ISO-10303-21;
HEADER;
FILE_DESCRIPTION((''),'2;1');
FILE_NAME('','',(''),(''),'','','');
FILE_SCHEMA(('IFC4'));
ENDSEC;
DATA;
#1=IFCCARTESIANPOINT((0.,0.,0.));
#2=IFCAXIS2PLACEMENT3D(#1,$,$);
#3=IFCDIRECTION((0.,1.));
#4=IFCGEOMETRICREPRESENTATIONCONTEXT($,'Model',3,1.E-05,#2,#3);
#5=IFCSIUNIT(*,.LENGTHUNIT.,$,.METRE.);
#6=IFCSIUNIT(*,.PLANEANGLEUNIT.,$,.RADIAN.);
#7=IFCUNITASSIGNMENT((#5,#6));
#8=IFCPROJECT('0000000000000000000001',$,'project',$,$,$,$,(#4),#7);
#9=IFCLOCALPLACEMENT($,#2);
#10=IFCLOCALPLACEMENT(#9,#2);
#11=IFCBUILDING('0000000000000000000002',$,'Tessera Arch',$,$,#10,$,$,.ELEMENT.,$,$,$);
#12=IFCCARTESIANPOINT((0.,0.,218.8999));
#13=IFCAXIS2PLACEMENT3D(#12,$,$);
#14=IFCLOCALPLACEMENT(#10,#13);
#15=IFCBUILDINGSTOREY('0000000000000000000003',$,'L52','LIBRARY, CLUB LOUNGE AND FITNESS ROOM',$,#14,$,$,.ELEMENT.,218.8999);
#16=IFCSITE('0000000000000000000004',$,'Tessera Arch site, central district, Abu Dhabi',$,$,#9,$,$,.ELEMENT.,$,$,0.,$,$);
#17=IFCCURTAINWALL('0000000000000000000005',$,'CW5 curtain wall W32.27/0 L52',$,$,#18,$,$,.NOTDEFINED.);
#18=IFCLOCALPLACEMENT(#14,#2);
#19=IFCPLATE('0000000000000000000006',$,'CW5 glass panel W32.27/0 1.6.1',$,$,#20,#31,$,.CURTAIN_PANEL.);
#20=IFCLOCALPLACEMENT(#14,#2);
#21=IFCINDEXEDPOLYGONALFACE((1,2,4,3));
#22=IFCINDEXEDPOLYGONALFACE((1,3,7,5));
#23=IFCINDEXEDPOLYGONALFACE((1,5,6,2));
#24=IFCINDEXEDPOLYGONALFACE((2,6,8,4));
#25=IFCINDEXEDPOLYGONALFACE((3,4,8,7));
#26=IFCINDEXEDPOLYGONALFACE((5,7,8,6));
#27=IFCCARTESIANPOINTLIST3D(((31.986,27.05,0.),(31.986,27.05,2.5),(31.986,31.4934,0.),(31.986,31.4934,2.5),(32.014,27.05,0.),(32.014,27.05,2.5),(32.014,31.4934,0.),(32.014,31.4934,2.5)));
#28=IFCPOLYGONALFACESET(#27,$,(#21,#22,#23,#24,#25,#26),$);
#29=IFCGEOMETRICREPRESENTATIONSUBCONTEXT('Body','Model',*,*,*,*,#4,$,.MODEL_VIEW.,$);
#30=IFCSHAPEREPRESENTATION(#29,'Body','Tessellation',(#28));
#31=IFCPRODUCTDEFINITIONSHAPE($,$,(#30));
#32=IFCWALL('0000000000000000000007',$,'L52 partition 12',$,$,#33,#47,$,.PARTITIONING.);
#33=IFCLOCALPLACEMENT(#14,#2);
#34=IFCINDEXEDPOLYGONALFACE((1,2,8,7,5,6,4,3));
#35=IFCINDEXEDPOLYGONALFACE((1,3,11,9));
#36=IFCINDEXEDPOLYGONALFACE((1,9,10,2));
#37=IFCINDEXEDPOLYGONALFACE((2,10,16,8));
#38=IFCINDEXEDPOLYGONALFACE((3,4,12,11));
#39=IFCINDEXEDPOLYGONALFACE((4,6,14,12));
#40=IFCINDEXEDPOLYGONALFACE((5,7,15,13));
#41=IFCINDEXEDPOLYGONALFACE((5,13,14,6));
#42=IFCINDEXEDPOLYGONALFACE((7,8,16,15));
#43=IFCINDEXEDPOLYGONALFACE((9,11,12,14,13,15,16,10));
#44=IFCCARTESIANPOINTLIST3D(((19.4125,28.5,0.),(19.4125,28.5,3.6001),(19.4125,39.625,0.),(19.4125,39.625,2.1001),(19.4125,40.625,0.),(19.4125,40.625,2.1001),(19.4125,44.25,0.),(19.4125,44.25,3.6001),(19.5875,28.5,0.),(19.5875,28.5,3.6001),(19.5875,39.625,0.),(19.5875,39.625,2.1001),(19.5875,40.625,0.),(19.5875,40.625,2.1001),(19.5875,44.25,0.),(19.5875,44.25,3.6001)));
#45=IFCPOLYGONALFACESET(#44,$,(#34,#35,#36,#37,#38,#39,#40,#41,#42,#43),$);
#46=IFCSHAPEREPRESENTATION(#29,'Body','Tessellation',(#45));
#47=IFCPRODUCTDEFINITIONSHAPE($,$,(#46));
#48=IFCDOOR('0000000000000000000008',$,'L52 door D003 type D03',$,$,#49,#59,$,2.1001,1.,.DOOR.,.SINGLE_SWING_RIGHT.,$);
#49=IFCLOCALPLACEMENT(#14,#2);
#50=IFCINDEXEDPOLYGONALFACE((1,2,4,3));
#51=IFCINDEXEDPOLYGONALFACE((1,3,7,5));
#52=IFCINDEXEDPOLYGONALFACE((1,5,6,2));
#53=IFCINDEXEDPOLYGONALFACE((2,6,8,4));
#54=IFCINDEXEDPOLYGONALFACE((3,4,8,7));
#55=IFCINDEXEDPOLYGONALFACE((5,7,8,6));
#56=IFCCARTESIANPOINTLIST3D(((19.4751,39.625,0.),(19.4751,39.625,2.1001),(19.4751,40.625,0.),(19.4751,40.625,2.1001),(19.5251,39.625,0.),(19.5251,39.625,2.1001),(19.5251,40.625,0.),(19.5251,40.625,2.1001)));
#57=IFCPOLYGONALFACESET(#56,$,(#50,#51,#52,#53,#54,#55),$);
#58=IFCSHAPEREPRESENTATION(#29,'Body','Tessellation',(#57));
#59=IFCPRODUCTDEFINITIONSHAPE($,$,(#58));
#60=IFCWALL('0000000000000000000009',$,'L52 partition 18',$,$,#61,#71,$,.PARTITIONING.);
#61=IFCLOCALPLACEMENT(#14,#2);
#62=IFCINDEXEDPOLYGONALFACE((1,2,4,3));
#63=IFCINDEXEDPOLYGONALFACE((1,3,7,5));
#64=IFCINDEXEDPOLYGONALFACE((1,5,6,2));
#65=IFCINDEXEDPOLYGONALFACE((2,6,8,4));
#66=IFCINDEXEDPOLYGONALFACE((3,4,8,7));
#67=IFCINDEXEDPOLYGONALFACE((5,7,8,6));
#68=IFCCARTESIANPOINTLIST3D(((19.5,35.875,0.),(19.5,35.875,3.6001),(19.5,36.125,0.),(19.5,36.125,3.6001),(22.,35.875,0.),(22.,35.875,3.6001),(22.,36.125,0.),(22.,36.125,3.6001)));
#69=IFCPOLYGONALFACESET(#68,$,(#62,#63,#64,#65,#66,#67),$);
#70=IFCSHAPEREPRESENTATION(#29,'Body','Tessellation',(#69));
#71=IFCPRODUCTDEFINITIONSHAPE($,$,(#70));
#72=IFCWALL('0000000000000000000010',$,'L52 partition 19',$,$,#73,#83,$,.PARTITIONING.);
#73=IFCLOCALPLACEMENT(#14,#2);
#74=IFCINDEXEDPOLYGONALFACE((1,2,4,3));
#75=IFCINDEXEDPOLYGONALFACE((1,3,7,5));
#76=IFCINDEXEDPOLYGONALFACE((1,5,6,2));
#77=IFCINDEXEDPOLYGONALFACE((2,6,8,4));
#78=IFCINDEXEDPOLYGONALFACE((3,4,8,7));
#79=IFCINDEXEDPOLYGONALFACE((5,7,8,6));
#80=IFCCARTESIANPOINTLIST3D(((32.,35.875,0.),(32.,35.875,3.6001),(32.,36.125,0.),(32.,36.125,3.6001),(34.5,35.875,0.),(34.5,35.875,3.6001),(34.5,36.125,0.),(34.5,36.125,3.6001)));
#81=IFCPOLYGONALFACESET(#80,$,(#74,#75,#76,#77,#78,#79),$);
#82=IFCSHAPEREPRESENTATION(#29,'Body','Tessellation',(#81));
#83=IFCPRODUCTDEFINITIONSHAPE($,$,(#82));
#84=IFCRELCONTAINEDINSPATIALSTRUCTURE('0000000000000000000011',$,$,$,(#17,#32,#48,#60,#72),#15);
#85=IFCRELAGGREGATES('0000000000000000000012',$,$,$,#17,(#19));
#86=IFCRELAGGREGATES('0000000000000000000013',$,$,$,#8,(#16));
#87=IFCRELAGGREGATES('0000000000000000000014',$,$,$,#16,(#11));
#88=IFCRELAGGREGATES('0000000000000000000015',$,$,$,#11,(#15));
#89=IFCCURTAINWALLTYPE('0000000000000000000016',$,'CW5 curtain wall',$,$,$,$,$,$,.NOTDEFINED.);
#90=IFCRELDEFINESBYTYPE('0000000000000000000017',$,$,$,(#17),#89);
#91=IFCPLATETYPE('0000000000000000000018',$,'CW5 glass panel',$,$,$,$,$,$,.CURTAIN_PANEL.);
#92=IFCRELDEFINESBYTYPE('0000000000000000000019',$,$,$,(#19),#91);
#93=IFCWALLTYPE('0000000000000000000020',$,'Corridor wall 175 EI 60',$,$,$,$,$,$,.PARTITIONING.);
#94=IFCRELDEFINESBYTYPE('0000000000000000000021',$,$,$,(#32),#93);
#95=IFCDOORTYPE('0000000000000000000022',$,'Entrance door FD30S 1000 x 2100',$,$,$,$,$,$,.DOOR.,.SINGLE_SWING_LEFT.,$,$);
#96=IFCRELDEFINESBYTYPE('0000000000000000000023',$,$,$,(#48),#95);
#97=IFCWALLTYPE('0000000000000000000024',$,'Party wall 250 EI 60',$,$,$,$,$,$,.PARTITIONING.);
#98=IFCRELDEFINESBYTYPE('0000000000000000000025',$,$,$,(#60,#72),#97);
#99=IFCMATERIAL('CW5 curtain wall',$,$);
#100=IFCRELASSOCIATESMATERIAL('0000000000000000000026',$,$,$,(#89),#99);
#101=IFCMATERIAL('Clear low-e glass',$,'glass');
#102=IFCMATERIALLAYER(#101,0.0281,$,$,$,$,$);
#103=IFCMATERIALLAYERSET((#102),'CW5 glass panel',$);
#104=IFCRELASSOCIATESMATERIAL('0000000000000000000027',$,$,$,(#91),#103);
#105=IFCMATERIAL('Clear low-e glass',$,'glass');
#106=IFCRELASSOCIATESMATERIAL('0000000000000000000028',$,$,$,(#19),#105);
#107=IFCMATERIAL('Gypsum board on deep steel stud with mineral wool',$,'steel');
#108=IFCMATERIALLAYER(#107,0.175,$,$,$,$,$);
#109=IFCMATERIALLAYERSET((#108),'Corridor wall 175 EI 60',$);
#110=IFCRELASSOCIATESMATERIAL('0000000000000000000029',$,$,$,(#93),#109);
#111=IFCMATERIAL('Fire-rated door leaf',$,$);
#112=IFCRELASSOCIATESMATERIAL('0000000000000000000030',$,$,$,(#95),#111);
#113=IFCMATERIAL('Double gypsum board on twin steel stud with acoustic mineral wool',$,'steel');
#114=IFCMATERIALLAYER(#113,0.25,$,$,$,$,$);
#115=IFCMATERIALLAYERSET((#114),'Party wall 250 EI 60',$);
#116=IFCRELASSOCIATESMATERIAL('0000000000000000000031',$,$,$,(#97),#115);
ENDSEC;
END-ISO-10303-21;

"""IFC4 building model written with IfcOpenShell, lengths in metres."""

from ifc_helpers import new_model, si_unit, direction, frame, frame_2d, origin, origin_2d, place, context, subcontext, project, spatial, rectangle, extrude, material, layer, layer_set, type_object, element, fill, aggregate, save


model = new_model("IFC4")

# Units and contexts
model_context = context("Model", 3, precision=1e-05, world=origin(), true_north=direction((0.0, 1.0)))
body_context = subcontext(model_context, "Body", "Model", "MODEL_VIEW")
ifc_project = project(units=[si_unit("LENGTHUNIT", "METRE"), si_unit("PLANEANGLEUNIT", "RADIAN")], contexts=[model_context])

# Site, building, storey
site_placement = place(None, origin())
site = spatial("IfcSite", under=ifc_project, at=site_placement, Name="Tessera Arch site, central district, Abu Dhabi", CompositionType="ELEMENT", RefElevation=0.0)
building_placement = place(site_placement, origin())
building = spatial("IfcBuilding", under=site, at=building_placement, Name="Tessera Arch", CompositionType="ELEMENT")
storey_placement = place(building_placement, frame((0.0, 0.0, 218.8999)))
storey = spatial("IfcBuildingStorey", under=building, at=storey_placement, Name="L52", Description="LIBRARY, CLUB LOUNGE AND FITNESS ROOM", CompositionType="ELEMENT", Elevation=218.8999)

# Curtain wall
ifc_material_1 = material(Name="CW5 curtain wall")
curtain_wall_type_1 = type_object("IfcCurtainWallType", Name="CW5 curtain wall", PredefinedType="NOTDEFINED", material=ifc_material_1)
curtain_wall_1_placement = place(storey_placement, origin())
curtain_wall_1 = element("IfcCurtainWall", 1, at=curtain_wall_1_placement, inside=storey, type_object=curtain_wall_type_1, Name="CW5 curtain wall W32.27/0 L52", PredefinedType="NOTDEFINED")

# Plate
ifc_material_2 = material(Name="Clear low-e glass", Category="glass")
ifc_material_3 = material(Name="Clear low-e glass", Category="glass")
ifc_layer_1 = layer(ifc_material_3, 0.0281)
ifc_layer_set_1 = layer_set([ifc_layer_1], Name="CW5 glass panel")
plate_type_1 = type_object("IfcPlateType", Name="CW5 glass panel", PredefinedType="CURTAIN_PANEL", material=ifc_layer_set_1)
plate_1_placement = place(storey_placement, frame((32.0, 29.2717, 0.0), z_axis=(0.0, 0.0, 1.0), x_axis=(0.0, -1.0, 0.0)))
plate_1 = element("IfcPlate", 2, at=plate_1_placement, type_object=plate_type_1, material=ifc_material_2, Name="CW5 glass panel W32.27/0 1.6.1", PredefinedType="CURTAIN_PANEL", context=body_context, shape_type="SweptSolid", body=[
    extrude(rectangle(XDim=4.4434, YDim=0.0281, at=origin_2d()), origin(), (0.0, 0.0, 1.0), 2.5),
])
aggregate(curtain_wall_1, [plate_1])

# Wall, opening, door
ifc_material_4 = material(Name="Gypsum board on deep steel stud with mineral wool", Category="steel")
ifc_layer_2 = layer(ifc_material_4, 0.175)
ifc_layer_set_2 = layer_set([ifc_layer_2], Name="Corridor wall 175 EI 60")
wall_type_1 = type_object("IfcWallType", Name="Corridor wall 175 EI 60", PredefinedType="PARTITIONING", material=ifc_layer_set_2)
wall_placement = place(storey_placement, frame((19.5, 28.5, 0.0), z_axis=(0.0, 0.0, 1.0), x_axis=(0.0, 1.0, 0.0)))
wall = element("IfcWall", 3, at=wall_placement, inside=storey, type_object=wall_type_1, Name="L52 partition 12", PredefinedType="PARTITIONING", context=body_context, shape_type="SweptSolid", body=[
    extrude(rectangle(XDim=15.75, YDim=0.175, at=frame_2d((7.875, 0.0))), origin(), (0.0, 0.0, 1.0), 3.6001),
])
opening_placement = place(wall_placement, frame((11.125, 0.0, 0.0)))
opening = element("IfcOpeningElement", 4, at=opening_placement, cuts=wall, PredefinedType="OPENING", context=body_context, shape_type="SweptSolid", body=[
    extrude(rectangle(XDim=1.0, YDim=2.1001, at=frame_2d((0.5, 1.05))), frame((0.0, 0.0974, 0.0), z_axis=(0.0, -1.0, 0.0), x_axis=(1.0, 0.0, 0.0)), (0.0, 0.0, 1.0), 0.1951),
])
ifc_material_5 = material(Name="Fire-rated door leaf")
door_type = type_object("IfcDoorType", Name="Entrance door FD30S 1000 x 2100", OperationType="SINGLE_SWING_LEFT", PredefinedType="DOOR", material=ifc_material_5)
door_placement = place(opening_placement, origin())
door = element("IfcDoor", 5, at=door_placement, inside=storey, type_object=door_type, Name="L52 door D003 type D03", OperationType="SINGLE_SWING_RIGHT", OverallHeight=2.1001, OverallWidth=1.0, PredefinedType="DOOR", context=body_context, shape_type="SweptSolid", body=[
    extrude(rectangle(XDim=1.0, YDim=2.1001, at=frame_2d((0.5, 1.05))), frame((0.0, 0.0249, 0.0), z_axis=(0.0, -1.0, 0.0), x_axis=(1.0, 0.0, 0.0)), (0.0, 0.0, 1.0), 0.05),
])
fill(opening, door)

# Walls
ifc_material_6 = material(Name="Double gypsum board on twin steel stud with acoustic mineral wool", Category="steel")
ifc_layer_3 = layer(ifc_material_6, 0.25)
ifc_layer_set_3 = layer_set([ifc_layer_3], Name="Party wall 250 EI 60")
wall_type_2 = type_object("IfcWallType", Name="Party wall 250 EI 60", PredefinedType="PARTITIONING", material=ifc_layer_set_3)
for number, where, z_axis, x_axis, name in (
    (6, (19.5, 36.0, 0.0), (0.0, 0.0, 1.0), (1.0, 0.0, 0.0), "L52 partition 18"),
    (7, (32.0, 36.0, 0.0), (0.0, 0.0, 1.0), (1.0, 0.0, 0.0), "L52 partition 19"),
):
    element("IfcWall", number, at=place(storey_placement, frame(where, z_axis=z_axis, x_axis=x_axis)), inside=storey, type_object=wall_type_2, Name=name, PredefinedType="PARTITIONING", context=body_context, shape_type="SweptSolid", body=[
        extrude(rectangle(XDim=2.5, YDim=0.25, at=frame_2d((1.25, 0.0))), origin(), (0.0, 0.0, 1.0), 3.6001),
    ])

save(model, "model.ifc")
